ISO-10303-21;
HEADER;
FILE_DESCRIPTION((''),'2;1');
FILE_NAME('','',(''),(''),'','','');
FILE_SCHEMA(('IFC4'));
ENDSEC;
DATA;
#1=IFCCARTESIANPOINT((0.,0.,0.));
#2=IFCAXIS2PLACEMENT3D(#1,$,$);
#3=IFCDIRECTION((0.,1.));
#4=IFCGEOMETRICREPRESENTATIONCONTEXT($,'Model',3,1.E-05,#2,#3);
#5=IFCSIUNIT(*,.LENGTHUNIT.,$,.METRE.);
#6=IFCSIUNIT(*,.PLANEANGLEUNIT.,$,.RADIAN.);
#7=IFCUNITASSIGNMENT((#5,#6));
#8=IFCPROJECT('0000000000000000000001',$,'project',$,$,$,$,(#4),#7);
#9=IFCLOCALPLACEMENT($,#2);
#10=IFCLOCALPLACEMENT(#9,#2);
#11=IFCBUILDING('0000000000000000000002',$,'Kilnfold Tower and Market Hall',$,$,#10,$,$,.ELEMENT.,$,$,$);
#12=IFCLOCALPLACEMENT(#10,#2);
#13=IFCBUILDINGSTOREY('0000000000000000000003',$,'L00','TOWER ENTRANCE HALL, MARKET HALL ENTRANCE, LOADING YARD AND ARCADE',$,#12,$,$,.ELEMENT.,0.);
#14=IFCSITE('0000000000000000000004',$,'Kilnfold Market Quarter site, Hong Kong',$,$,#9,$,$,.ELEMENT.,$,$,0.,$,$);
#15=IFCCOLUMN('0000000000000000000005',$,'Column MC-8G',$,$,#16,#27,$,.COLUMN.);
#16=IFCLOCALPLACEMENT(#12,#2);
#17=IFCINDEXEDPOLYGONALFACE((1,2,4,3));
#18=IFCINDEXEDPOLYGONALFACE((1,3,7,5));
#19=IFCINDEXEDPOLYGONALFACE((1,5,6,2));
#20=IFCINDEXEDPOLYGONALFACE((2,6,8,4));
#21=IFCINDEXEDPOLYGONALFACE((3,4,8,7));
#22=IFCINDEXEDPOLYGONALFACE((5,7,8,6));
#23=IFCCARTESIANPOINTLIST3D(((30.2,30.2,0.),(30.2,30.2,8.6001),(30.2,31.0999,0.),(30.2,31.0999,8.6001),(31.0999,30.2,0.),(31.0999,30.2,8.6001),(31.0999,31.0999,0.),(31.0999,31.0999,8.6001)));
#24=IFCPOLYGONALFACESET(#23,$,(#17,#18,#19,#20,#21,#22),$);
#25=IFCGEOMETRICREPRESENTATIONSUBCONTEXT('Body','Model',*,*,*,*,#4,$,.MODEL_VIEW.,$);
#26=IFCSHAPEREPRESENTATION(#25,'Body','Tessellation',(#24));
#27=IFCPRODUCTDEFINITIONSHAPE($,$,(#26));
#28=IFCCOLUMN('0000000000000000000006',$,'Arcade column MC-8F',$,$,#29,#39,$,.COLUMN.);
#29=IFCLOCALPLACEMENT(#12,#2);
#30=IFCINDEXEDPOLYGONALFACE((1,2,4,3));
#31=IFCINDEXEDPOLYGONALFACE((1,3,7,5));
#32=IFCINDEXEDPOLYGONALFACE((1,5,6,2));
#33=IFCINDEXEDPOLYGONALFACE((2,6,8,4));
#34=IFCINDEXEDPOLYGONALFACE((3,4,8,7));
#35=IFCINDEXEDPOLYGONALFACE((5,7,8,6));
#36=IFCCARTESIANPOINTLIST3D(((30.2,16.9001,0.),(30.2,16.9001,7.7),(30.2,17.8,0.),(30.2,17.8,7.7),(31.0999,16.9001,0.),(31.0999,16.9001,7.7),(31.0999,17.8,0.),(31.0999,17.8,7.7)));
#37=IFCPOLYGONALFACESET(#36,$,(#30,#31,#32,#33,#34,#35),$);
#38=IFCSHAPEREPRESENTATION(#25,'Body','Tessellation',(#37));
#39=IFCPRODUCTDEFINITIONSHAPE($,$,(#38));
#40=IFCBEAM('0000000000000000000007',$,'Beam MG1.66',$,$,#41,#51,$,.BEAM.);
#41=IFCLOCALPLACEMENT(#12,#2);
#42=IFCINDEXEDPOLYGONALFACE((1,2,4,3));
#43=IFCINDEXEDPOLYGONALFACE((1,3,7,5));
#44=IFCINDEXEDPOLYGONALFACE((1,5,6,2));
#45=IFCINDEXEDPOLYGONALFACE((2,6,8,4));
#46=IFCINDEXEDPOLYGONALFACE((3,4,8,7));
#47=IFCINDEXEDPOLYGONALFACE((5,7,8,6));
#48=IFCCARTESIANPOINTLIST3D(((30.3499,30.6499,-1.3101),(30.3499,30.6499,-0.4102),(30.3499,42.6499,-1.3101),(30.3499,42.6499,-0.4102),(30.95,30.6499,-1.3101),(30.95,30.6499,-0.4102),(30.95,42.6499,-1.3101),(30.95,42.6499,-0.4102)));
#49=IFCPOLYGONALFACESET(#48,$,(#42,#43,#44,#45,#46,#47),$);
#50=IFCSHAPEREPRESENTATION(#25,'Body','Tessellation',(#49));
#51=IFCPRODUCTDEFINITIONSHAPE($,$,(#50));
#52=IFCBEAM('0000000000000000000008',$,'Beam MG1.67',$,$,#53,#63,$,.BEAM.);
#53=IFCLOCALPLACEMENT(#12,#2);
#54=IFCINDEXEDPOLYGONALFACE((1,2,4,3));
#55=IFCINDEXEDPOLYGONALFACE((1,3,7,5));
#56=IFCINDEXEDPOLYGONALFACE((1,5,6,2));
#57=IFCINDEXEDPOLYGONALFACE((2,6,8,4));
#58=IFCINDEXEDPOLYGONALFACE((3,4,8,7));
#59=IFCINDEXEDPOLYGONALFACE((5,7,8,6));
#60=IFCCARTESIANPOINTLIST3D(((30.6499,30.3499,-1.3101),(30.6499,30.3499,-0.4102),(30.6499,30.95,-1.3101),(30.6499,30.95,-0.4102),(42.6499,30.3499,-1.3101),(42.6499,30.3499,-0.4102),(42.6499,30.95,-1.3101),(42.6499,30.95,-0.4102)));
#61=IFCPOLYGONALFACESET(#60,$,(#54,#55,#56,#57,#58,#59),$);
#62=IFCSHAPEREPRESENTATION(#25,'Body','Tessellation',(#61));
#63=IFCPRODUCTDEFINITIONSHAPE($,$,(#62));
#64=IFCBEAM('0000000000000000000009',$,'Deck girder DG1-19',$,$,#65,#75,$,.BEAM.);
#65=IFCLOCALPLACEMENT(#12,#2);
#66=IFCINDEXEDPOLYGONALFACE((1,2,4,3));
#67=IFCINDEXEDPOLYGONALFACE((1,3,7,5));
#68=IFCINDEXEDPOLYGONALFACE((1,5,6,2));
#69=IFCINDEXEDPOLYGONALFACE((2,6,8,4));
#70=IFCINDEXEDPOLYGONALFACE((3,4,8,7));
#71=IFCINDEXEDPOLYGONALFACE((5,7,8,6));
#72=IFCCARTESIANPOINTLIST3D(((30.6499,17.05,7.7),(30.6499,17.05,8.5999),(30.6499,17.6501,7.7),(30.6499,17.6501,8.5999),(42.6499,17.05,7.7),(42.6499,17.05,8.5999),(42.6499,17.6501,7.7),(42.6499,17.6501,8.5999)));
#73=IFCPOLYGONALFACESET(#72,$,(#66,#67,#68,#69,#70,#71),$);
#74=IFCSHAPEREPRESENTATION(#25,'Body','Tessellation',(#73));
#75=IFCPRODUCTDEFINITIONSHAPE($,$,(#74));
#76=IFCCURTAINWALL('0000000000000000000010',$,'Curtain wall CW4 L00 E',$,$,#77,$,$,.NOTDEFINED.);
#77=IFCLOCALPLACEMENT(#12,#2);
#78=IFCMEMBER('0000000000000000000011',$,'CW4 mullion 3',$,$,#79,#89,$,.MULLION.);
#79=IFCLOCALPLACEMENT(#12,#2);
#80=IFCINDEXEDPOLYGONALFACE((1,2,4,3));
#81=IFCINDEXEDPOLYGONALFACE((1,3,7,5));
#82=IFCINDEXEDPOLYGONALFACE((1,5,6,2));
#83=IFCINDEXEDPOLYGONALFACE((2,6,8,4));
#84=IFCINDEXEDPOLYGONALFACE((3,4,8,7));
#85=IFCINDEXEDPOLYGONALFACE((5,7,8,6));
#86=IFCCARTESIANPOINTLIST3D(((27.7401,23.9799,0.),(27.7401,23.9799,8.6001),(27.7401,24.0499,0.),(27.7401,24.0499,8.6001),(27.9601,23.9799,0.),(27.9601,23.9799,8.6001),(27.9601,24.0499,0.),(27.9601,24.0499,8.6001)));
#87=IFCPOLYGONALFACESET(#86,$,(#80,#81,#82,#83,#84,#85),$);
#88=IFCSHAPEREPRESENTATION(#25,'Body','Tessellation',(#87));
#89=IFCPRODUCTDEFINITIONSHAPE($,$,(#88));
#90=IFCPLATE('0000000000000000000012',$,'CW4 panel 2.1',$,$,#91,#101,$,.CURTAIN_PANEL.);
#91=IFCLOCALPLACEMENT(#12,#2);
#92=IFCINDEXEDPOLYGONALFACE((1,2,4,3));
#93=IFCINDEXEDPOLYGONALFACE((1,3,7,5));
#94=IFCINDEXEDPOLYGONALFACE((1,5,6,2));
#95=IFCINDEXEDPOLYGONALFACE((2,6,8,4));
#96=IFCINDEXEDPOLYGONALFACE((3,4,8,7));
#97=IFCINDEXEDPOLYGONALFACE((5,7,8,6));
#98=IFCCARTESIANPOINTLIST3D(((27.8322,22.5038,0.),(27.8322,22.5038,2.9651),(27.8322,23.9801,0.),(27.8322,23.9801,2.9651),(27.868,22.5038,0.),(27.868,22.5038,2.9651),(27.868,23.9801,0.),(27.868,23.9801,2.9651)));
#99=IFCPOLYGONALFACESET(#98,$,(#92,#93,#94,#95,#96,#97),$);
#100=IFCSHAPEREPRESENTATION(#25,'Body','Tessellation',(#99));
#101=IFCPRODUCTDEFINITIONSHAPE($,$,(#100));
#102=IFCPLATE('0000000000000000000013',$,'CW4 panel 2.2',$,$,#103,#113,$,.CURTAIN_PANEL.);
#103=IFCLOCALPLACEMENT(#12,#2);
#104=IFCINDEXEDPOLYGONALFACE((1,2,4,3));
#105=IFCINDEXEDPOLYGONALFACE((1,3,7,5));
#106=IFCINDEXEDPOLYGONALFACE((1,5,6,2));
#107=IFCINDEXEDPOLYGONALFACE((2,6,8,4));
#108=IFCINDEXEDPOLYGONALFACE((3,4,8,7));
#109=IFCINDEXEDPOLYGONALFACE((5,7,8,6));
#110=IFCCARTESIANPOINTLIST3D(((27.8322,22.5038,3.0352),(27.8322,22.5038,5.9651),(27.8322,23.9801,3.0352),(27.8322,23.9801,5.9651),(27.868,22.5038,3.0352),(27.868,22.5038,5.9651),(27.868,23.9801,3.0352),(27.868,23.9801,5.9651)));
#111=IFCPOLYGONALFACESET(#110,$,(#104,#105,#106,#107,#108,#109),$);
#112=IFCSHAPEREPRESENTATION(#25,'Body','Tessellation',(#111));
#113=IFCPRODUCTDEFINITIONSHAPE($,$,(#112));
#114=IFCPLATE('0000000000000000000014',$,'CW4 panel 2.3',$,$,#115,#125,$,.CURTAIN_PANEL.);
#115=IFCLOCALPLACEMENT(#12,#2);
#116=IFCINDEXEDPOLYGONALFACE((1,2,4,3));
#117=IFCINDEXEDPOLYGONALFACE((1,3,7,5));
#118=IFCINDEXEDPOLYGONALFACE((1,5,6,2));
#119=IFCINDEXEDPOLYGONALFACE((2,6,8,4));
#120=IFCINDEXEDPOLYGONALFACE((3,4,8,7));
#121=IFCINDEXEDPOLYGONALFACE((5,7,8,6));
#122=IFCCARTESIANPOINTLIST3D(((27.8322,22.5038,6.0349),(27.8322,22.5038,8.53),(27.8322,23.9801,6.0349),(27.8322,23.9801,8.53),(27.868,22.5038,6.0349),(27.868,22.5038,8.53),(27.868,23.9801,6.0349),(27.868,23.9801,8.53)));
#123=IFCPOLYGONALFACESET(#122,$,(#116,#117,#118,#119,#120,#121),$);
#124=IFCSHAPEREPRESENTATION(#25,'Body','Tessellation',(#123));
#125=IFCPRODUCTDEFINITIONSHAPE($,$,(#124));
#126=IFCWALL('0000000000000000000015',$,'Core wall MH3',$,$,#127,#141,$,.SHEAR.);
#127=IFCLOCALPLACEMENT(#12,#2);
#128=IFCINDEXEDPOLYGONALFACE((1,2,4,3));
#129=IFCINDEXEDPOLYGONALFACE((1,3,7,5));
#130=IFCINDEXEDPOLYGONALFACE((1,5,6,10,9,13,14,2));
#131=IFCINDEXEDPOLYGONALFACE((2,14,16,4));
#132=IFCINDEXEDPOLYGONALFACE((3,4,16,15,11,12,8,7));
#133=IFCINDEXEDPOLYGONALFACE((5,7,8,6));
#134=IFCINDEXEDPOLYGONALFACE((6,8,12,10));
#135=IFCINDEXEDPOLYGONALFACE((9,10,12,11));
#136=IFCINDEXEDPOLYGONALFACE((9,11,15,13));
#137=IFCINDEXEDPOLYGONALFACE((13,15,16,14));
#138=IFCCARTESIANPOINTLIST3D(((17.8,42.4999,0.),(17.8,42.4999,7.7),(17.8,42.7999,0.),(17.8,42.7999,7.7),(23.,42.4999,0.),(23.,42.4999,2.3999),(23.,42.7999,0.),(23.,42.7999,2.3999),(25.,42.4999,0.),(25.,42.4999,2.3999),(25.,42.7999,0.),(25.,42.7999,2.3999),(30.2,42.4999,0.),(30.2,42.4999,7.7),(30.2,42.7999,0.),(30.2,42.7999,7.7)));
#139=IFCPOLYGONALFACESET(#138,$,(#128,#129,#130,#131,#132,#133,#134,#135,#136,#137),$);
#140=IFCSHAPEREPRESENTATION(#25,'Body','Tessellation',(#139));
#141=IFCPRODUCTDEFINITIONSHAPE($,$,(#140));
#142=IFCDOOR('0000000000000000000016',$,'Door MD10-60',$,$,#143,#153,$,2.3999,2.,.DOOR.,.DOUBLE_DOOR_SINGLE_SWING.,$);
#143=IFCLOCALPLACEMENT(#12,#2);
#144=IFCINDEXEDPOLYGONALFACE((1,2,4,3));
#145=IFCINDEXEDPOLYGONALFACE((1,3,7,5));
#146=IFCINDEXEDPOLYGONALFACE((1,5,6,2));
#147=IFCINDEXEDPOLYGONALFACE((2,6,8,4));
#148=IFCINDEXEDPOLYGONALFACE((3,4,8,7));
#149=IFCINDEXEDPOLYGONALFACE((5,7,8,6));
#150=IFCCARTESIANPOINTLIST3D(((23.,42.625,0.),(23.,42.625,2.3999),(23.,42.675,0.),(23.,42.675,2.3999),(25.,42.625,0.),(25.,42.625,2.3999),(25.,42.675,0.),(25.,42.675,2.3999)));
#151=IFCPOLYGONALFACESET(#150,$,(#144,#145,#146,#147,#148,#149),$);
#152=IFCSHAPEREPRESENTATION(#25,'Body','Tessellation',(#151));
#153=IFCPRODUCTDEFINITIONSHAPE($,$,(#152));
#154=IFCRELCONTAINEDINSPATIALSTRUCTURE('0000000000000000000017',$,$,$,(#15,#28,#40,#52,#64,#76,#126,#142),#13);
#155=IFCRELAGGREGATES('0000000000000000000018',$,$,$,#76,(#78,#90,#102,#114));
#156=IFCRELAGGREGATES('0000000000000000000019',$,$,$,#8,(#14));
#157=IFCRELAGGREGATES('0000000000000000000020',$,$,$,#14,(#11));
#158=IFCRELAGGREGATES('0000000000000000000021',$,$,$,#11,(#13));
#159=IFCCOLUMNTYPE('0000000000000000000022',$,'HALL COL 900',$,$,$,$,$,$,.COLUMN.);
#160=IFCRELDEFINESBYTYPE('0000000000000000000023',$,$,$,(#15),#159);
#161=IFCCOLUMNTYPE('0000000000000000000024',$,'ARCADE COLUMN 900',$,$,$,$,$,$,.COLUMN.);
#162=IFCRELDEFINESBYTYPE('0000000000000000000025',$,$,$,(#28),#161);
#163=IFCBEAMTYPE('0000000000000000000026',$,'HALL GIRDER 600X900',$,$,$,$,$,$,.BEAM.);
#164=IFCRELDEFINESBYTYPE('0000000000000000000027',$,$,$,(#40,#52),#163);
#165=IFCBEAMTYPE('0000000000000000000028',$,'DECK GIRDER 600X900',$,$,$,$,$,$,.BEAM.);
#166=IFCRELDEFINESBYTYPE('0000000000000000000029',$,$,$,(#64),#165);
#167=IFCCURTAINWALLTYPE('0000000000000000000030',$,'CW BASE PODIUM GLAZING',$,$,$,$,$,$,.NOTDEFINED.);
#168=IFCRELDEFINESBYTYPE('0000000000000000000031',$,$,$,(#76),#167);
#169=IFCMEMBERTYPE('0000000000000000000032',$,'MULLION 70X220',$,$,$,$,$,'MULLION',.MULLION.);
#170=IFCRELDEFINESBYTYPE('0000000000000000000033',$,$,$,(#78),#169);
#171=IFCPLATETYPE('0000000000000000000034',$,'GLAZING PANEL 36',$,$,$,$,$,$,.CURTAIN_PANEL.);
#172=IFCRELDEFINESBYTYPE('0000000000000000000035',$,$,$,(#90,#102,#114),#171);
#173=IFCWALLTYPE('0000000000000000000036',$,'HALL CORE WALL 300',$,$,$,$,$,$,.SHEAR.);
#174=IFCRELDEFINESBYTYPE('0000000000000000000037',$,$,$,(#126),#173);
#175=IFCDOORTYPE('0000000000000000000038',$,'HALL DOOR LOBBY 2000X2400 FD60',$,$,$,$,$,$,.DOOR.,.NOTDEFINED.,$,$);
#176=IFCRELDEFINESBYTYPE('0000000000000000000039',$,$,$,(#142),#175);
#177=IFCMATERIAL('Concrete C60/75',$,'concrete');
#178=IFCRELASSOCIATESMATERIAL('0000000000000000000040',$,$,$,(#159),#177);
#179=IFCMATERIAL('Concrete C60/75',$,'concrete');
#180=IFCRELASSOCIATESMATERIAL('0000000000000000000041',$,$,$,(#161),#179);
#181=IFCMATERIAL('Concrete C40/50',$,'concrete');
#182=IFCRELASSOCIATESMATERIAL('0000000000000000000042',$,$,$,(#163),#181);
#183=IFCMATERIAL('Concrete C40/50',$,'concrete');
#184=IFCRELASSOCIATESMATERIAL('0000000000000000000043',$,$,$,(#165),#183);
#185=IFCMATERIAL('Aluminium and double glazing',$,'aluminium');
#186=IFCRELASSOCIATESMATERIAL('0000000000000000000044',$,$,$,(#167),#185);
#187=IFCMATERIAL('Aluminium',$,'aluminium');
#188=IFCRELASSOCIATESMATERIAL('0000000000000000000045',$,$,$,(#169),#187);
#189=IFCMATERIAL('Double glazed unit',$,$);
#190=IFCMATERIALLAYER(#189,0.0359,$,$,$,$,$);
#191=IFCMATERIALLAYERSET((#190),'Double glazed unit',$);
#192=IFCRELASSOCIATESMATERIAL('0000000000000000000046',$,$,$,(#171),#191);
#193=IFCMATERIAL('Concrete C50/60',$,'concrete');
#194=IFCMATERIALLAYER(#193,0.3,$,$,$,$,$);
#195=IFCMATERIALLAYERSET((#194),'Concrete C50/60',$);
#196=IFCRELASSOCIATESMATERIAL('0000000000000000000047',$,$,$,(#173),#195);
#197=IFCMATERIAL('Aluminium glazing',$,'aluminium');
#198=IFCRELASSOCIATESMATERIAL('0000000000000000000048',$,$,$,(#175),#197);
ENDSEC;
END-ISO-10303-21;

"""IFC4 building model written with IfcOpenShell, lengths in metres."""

from ifc_helpers import new_model, si_unit, direction, frame, frame_2d, origin, origin_2d, place, context, subcontext, project, spatial, rectangle, extrude, source, transform, mapped, material, layer, layer_set, material_profile, profile_set, type_object, element, fill, aggregate, save


model = new_model("IFC4")

# Units and contexts
model_context = context("Model", 3, precision=1e-05, world=origin(), true_north=direction((0.0, 1.0)))
body_context = subcontext(model_context, "Body", "Model", "MODEL_VIEW")
ifc_project = project(units=[si_unit("LENGTHUNIT", "METRE"), si_unit("PLANEANGLEUNIT", "RADIAN")], contexts=[model_context])

# Site, building, storey
site_placement = place(None, origin())
site = spatial("IfcSite", under=ifc_project, at=site_placement, Name="Kilnfold Market Quarter site, Hong Kong", CompositionType="ELEMENT", RefElevation=0.0)
building_placement = place(site_placement, origin())
building = spatial("IfcBuilding", under=site, at=building_placement, Name="Kilnfold Tower and Market Hall", CompositionType="ELEMENT")
storey_placement = place(building_placement, origin())
storey = spatial("IfcBuildingStorey", under=building, at=storey_placement, Name="L00", Description="TOWER ENTRANCE HALL, MARKET HALL ENTRANCE, LOADING YARD AND ARCADE", CompositionType="ELEMENT", Elevation=0.0)

# Columns
ifc_material_1 = material(Name="Concrete C60/75", Category="concrete")
ifc_material_profile_1 = material_profile(ifc_material_1, rectangle(XDim=0.8999, YDim=0.8999, at=origin_2d()), Name="RC 900x900")
ifc_profile_set_1 = profile_set([ifc_material_profile_1], Name="Concrete C60/75")
column_type_1 = type_object("IfcColumnType", Name="HALL COL 900", PredefinedType="COLUMN", material=ifc_profile_set_1)
shared_shape_1 = source(origin(), body_context, "Body", "SweptSolid", [
    extrude(rectangle(XDim=0.8999, YDim=0.8999, at=origin_2d()), origin(), (0.0, 0.0, 1.0), 8.6001),
])
column_1_placement = place(storey_placement, frame((30.6499, 30.6499, 0.0), z_axis=(0.0, 0.0, 1.0), x_axis=(1.0, 0.0, 0.0)))
element("IfcColumn", 1, at=column_1_placement, inside=storey, type_object=column_type_1, Name="Column MC-8G", PredefinedType="COLUMN", context=body_context, shape_type="MappedRepresentation", body=[
    mapped(shared_shape_1, transform((0.0, 0.0, 0.0))),
])
ifc_material_2 = material(Name="Concrete C60/75", Category="concrete")
ifc_material_profile_2 = material_profile(ifc_material_2, rectangle(XDim=0.8999, YDim=0.8999, at=origin_2d()), Name="RC 900x900")
ifc_profile_set_2 = profile_set([ifc_material_profile_2], Name="Concrete C60/75")
column_type_2 = type_object("IfcColumnType", Name="ARCADE COLUMN 900", PredefinedType="COLUMN", material=ifc_profile_set_2)
shared_shape_2 = source(origin(), body_context, "Body", "SweptSolid", [
    extrude(rectangle(XDim=0.8999, YDim=0.8999, at=origin_2d()), origin(), (0.0, 0.0, 1.0), 7.7),
])
column_2_placement = place(storey_placement, frame((30.6499, 17.3501, 0.0), z_axis=(0.0, 0.0, 1.0), x_axis=(1.0, 0.0, 0.0)))
element("IfcColumn", 2, at=column_2_placement, inside=storey, type_object=column_type_2, Name="Arcade column MC-8F", PredefinedType="COLUMN", context=body_context, shape_type="MappedRepresentation", body=[
    mapped(shared_shape_2, transform((0.0, 0.0, 0.0))),
])

# Beams
ifc_material_3 = material(Name="Concrete C40/50", Category="concrete")
ifc_material_profile_3 = material_profile(ifc_material_3, rectangle(XDim=0.6001, YDim=0.8999, at=origin_2d()), Name="RC 600x900")
ifc_profile_set_3 = profile_set([ifc_material_profile_3], Name="Concrete C40/50")
beam_type_1 = type_object("IfcBeamType", Name="HALL GIRDER 600X900", PredefinedType="BEAM", material=ifc_profile_set_3)
for number, where, z_axis, x_axis, name in (
    (3, (30.6499, 30.6499, -0.8601), (0.0, 1.0, 0.0), (-1.0, 0.0, 0.0), "Beam MG1.66"),
    (4, (30.6499, 30.6499, -0.8601), (1.0, 0.0, 0.0), (0.0, 1.0, 0.0), "Beam MG1.67"),
):
    element("IfcBeam", number, at=place(storey_placement, frame(where, z_axis=z_axis, x_axis=x_axis)), inside=storey, type_object=beam_type_1, Name=name, PredefinedType="BEAM", context=body_context, shape_type="SweptSolid", body=[
        extrude(rectangle(XDim=0.6001, YDim=0.8999, at=origin_2d()), origin(), (0.0, 0.0, 1.0), 12.0),
    ])
ifc_material_4 = material(Name="Concrete C40/50", Category="concrete")
ifc_material_profile_4 = material_profile(ifc_material_4, rectangle(XDim=0.6001, YDim=0.8999, at=origin_2d()), Name="RC 600x900")
ifc_profile_set_4 = profile_set([ifc_material_profile_4], Name="Concrete C40/50")
beam_type_2 = type_object("IfcBeamType", Name="DECK GIRDER 600X900", PredefinedType="BEAM", material=ifc_profile_set_4)
shared_shape_3 = source(origin(), body_context, "Body", "SweptSolid", [
    extrude(rectangle(XDim=0.6001, YDim=0.8999, at=origin_2d()), origin(), (0.0, 0.0, 1.0), 12.0),
])
beam_placement = place(storey_placement, frame((30.6499, 17.3501, 8.1499), z_axis=(1.0, 0.0, 0.0), x_axis=(0.0, 1.0, 0.0)))
element("IfcBeam", 5, at=beam_placement, inside=storey, type_object=beam_type_2, Name="Deck girder DG1-19", PredefinedType="BEAM", context=body_context, shape_type="MappedRepresentation", body=[
    mapped(shared_shape_3, transform((0.0, 0.0, 0.0))),
])

# Curtain wall, member, plates
ifc_material_5 = material(Name="Aluminium and double glazing", Category="aluminium")
curtain_wall_type = type_object("IfcCurtainWallType", Name="CW BASE PODIUM GLAZING", PredefinedType="NOTDEFINED", material=ifc_material_5)
curtain_wall_placement = place(storey_placement, origin())
curtain_wall = element("IfcCurtainWall", 6, at=curtain_wall_placement, inside=storey, type_object=curtain_wall_type, Name="Curtain wall CW4 L00 E", PredefinedType="NOTDEFINED")
ifc_material_6 = material(Name="Aluminium", Category="aluminium")
ifc_material_profile_5 = material_profile(ifc_material_6, rectangle(XDim=0.0701, YDim=0.22, at=origin_2d()), Name="MULLION 70x220")
ifc_profile_set_5 = profile_set([ifc_material_profile_5], Name="Aluminium")
member_type = type_object("IfcMemberType", Name="MULLION 70X220", ElementType="MULLION", PredefinedType="MULLION", material=ifc_profile_set_5)
shared_shape_4 = source(origin(), body_context, "Body", "SweptSolid", [
    extrude(rectangle(XDim=0.0701, YDim=0.22, at=origin_2d()), origin(), (0.0, 0.0, 1.0), 8.6001),
])
member_placement = place(storey_placement, frame((27.8501, 24.0149, 0.0), z_axis=(0.0, 0.0, 1.0), x_axis=(0.0, 1.0, 0.0)))
member = element("IfcMember", 7, at=member_placement, type_object=member_type, Name="CW4 mullion 3", PredefinedType="MULLION", context=body_context, shape_type="MappedRepresentation", body=[
    mapped(shared_shape_4, transform((0.0, 0.0, 0.0))),
])
ifc_material_7 = material(Name="Double glazed unit")
ifc_layer_1 = layer(ifc_material_7, 0.0359)
ifc_layer_set_1 = layer_set([ifc_layer_1], Name="Double glazed unit")
plate_type = type_object("IfcPlateType", Name="GLAZING PANEL 36", PredefinedType="CURTAIN_PANEL", material=ifc_layer_set_1)
shared_shape_5 = source(origin(), body_context, "Body", "SweptSolid", [
    extrude(rectangle(XDim=1.4763, YDim=0.0359, at=origin_2d()), origin(), (0.0, 0.0, 1.0), 2.9651),
])
plate_1_placement = place(storey_placement, frame((27.8501, 23.2419, 0.0), z_axis=(0.0, 0.0, 1.0), x_axis=(0.0, 1.0, 0.0)))
plate_1 = element("IfcPlate", 8, at=plate_1_placement, type_object=plate_type, Name="CW4 panel 2.1", PredefinedType="CURTAIN_PANEL", context=body_context, shape_type="MappedRepresentation", body=[
    mapped(shared_shape_5, transform((0.0, 0.0, 0.0))),
])
shared_shape_6 = source(origin(), body_context, "Body", "SweptSolid", [
    extrude(rectangle(XDim=1.4763, YDim=0.0359, at=origin_2d()), origin(), (0.0, 0.0, 1.0), 2.9299),
])
plate_2_placement = place(storey_placement, frame((27.8501, 23.2419, 3.0352), z_axis=(0.0, 0.0, 1.0), x_axis=(0.0, 1.0, 0.0)))
plate_2 = element("IfcPlate", 9, at=plate_2_placement, type_object=plate_type, Name="CW4 panel 2.2", PredefinedType="CURTAIN_PANEL", context=body_context, shape_type="MappedRepresentation", body=[
    mapped(shared_shape_6, transform((0.0, 0.0, 0.0))),
])
shared_shape_7 = source(origin(), body_context, "Body", "SweptSolid", [
    extrude(rectangle(XDim=1.4763, YDim=0.0359, at=origin_2d()), origin(), (0.0, 0.0, 1.0), 2.4951),
])
plate_3_placement = place(storey_placement, frame((27.8501, 23.2419, 6.0349), z_axis=(0.0, 0.0, 1.0), x_axis=(0.0, 1.0, 0.0)))
plate_3 = element("IfcPlate", 10, at=plate_3_placement, type_object=plate_type, Name="CW4 panel 2.3", PredefinedType="CURTAIN_PANEL", context=body_context, shape_type="MappedRepresentation", body=[
    mapped(shared_shape_7, transform((0.0, 0.0, 0.0))),
])
aggregate(curtain_wall, [member, plate_1, plate_2, plate_3])

# Wall, opening, door
ifc_material_8 = material(Name="Concrete C50/60", Category="concrete")
ifc_layer_2 = layer(ifc_material_8, 0.3)
ifc_layer_set_2 = layer_set([ifc_layer_2], Name="Concrete C50/60")
wall_type = type_object("IfcWallType", Name="HALL CORE WALL 300", PredefinedType="SHEAR", material=ifc_layer_set_2)
shared_shape_8 = source(origin(), body_context, "Body", "SweptSolid", [
    extrude(rectangle(XDim=12.3999, YDim=0.3, at=frame_2d((6.2, 0.0))), origin(), (0.0, 0.0, 1.0), 7.7),
])
wall_placement = place(storey_placement, frame((30.2, 42.6499, 0.0), z_axis=(0.0, 0.0, 1.0), x_axis=(-1.0, 0.0, 0.0)))
wall = element("IfcWall", 11, at=wall_placement, inside=storey, type_object=wall_type, Name="Core wall MH3", PredefinedType="SHEAR", context=body_context, shape_type="MappedRepresentation", body=[
    mapped(shared_shape_8, transform((0.0, 0.0, 0.0))),
])
opening_placement = place(wall_placement, frame((5.2, 0.0, 0.0)))
opening = element("IfcOpeningElement", 12, at=opening_placement, cuts=wall, PredefinedType="OPENING", context=body_context, shape_type="SweptSolid", body=[
    extrude(rectangle(XDim=2.0, YDim=2.3999, at=frame_2d((1.0, 1.2))), frame((0.0, 0.1602, 0.0), z_axis=(0.0, -1.0, 0.0), x_axis=(1.0, 0.0, 0.0)), (0.0, 0.0, 1.0), 0.3201),
])
ifc_material_9 = material(Name="Aluminium glazing", Category="aluminium")
door_type = type_object("IfcDoorType", Name="HALL DOOR LOBBY 2000X2400 FD60", OperationType="NOTDEFINED", PredefinedType="DOOR", material=ifc_material_9)
door_placement = place(opening_placement, origin())
door = element("IfcDoor", 13, at=door_placement, inside=storey, type_object=door_type, Name="Door MD10-60", OperationType="DOUBLE_DOOR_SINGLE_SWING", OverallHeight=2.3999, OverallWidth=2.0, PredefinedType="DOOR", context=body_context, shape_type="SweptSolid", body=[
    extrude(rectangle(XDim=2.0, YDim=2.3999, at=frame_2d((1.0, 1.2))), frame((0.0, 0.0249, 0.0), z_axis=(0.0, -1.0, 0.0), x_axis=(1.0, 0.0, 0.0)), (0.0, 0.0, 1.0), 0.05),
])
fill(opening, door)

save(model, "model.ifc")
